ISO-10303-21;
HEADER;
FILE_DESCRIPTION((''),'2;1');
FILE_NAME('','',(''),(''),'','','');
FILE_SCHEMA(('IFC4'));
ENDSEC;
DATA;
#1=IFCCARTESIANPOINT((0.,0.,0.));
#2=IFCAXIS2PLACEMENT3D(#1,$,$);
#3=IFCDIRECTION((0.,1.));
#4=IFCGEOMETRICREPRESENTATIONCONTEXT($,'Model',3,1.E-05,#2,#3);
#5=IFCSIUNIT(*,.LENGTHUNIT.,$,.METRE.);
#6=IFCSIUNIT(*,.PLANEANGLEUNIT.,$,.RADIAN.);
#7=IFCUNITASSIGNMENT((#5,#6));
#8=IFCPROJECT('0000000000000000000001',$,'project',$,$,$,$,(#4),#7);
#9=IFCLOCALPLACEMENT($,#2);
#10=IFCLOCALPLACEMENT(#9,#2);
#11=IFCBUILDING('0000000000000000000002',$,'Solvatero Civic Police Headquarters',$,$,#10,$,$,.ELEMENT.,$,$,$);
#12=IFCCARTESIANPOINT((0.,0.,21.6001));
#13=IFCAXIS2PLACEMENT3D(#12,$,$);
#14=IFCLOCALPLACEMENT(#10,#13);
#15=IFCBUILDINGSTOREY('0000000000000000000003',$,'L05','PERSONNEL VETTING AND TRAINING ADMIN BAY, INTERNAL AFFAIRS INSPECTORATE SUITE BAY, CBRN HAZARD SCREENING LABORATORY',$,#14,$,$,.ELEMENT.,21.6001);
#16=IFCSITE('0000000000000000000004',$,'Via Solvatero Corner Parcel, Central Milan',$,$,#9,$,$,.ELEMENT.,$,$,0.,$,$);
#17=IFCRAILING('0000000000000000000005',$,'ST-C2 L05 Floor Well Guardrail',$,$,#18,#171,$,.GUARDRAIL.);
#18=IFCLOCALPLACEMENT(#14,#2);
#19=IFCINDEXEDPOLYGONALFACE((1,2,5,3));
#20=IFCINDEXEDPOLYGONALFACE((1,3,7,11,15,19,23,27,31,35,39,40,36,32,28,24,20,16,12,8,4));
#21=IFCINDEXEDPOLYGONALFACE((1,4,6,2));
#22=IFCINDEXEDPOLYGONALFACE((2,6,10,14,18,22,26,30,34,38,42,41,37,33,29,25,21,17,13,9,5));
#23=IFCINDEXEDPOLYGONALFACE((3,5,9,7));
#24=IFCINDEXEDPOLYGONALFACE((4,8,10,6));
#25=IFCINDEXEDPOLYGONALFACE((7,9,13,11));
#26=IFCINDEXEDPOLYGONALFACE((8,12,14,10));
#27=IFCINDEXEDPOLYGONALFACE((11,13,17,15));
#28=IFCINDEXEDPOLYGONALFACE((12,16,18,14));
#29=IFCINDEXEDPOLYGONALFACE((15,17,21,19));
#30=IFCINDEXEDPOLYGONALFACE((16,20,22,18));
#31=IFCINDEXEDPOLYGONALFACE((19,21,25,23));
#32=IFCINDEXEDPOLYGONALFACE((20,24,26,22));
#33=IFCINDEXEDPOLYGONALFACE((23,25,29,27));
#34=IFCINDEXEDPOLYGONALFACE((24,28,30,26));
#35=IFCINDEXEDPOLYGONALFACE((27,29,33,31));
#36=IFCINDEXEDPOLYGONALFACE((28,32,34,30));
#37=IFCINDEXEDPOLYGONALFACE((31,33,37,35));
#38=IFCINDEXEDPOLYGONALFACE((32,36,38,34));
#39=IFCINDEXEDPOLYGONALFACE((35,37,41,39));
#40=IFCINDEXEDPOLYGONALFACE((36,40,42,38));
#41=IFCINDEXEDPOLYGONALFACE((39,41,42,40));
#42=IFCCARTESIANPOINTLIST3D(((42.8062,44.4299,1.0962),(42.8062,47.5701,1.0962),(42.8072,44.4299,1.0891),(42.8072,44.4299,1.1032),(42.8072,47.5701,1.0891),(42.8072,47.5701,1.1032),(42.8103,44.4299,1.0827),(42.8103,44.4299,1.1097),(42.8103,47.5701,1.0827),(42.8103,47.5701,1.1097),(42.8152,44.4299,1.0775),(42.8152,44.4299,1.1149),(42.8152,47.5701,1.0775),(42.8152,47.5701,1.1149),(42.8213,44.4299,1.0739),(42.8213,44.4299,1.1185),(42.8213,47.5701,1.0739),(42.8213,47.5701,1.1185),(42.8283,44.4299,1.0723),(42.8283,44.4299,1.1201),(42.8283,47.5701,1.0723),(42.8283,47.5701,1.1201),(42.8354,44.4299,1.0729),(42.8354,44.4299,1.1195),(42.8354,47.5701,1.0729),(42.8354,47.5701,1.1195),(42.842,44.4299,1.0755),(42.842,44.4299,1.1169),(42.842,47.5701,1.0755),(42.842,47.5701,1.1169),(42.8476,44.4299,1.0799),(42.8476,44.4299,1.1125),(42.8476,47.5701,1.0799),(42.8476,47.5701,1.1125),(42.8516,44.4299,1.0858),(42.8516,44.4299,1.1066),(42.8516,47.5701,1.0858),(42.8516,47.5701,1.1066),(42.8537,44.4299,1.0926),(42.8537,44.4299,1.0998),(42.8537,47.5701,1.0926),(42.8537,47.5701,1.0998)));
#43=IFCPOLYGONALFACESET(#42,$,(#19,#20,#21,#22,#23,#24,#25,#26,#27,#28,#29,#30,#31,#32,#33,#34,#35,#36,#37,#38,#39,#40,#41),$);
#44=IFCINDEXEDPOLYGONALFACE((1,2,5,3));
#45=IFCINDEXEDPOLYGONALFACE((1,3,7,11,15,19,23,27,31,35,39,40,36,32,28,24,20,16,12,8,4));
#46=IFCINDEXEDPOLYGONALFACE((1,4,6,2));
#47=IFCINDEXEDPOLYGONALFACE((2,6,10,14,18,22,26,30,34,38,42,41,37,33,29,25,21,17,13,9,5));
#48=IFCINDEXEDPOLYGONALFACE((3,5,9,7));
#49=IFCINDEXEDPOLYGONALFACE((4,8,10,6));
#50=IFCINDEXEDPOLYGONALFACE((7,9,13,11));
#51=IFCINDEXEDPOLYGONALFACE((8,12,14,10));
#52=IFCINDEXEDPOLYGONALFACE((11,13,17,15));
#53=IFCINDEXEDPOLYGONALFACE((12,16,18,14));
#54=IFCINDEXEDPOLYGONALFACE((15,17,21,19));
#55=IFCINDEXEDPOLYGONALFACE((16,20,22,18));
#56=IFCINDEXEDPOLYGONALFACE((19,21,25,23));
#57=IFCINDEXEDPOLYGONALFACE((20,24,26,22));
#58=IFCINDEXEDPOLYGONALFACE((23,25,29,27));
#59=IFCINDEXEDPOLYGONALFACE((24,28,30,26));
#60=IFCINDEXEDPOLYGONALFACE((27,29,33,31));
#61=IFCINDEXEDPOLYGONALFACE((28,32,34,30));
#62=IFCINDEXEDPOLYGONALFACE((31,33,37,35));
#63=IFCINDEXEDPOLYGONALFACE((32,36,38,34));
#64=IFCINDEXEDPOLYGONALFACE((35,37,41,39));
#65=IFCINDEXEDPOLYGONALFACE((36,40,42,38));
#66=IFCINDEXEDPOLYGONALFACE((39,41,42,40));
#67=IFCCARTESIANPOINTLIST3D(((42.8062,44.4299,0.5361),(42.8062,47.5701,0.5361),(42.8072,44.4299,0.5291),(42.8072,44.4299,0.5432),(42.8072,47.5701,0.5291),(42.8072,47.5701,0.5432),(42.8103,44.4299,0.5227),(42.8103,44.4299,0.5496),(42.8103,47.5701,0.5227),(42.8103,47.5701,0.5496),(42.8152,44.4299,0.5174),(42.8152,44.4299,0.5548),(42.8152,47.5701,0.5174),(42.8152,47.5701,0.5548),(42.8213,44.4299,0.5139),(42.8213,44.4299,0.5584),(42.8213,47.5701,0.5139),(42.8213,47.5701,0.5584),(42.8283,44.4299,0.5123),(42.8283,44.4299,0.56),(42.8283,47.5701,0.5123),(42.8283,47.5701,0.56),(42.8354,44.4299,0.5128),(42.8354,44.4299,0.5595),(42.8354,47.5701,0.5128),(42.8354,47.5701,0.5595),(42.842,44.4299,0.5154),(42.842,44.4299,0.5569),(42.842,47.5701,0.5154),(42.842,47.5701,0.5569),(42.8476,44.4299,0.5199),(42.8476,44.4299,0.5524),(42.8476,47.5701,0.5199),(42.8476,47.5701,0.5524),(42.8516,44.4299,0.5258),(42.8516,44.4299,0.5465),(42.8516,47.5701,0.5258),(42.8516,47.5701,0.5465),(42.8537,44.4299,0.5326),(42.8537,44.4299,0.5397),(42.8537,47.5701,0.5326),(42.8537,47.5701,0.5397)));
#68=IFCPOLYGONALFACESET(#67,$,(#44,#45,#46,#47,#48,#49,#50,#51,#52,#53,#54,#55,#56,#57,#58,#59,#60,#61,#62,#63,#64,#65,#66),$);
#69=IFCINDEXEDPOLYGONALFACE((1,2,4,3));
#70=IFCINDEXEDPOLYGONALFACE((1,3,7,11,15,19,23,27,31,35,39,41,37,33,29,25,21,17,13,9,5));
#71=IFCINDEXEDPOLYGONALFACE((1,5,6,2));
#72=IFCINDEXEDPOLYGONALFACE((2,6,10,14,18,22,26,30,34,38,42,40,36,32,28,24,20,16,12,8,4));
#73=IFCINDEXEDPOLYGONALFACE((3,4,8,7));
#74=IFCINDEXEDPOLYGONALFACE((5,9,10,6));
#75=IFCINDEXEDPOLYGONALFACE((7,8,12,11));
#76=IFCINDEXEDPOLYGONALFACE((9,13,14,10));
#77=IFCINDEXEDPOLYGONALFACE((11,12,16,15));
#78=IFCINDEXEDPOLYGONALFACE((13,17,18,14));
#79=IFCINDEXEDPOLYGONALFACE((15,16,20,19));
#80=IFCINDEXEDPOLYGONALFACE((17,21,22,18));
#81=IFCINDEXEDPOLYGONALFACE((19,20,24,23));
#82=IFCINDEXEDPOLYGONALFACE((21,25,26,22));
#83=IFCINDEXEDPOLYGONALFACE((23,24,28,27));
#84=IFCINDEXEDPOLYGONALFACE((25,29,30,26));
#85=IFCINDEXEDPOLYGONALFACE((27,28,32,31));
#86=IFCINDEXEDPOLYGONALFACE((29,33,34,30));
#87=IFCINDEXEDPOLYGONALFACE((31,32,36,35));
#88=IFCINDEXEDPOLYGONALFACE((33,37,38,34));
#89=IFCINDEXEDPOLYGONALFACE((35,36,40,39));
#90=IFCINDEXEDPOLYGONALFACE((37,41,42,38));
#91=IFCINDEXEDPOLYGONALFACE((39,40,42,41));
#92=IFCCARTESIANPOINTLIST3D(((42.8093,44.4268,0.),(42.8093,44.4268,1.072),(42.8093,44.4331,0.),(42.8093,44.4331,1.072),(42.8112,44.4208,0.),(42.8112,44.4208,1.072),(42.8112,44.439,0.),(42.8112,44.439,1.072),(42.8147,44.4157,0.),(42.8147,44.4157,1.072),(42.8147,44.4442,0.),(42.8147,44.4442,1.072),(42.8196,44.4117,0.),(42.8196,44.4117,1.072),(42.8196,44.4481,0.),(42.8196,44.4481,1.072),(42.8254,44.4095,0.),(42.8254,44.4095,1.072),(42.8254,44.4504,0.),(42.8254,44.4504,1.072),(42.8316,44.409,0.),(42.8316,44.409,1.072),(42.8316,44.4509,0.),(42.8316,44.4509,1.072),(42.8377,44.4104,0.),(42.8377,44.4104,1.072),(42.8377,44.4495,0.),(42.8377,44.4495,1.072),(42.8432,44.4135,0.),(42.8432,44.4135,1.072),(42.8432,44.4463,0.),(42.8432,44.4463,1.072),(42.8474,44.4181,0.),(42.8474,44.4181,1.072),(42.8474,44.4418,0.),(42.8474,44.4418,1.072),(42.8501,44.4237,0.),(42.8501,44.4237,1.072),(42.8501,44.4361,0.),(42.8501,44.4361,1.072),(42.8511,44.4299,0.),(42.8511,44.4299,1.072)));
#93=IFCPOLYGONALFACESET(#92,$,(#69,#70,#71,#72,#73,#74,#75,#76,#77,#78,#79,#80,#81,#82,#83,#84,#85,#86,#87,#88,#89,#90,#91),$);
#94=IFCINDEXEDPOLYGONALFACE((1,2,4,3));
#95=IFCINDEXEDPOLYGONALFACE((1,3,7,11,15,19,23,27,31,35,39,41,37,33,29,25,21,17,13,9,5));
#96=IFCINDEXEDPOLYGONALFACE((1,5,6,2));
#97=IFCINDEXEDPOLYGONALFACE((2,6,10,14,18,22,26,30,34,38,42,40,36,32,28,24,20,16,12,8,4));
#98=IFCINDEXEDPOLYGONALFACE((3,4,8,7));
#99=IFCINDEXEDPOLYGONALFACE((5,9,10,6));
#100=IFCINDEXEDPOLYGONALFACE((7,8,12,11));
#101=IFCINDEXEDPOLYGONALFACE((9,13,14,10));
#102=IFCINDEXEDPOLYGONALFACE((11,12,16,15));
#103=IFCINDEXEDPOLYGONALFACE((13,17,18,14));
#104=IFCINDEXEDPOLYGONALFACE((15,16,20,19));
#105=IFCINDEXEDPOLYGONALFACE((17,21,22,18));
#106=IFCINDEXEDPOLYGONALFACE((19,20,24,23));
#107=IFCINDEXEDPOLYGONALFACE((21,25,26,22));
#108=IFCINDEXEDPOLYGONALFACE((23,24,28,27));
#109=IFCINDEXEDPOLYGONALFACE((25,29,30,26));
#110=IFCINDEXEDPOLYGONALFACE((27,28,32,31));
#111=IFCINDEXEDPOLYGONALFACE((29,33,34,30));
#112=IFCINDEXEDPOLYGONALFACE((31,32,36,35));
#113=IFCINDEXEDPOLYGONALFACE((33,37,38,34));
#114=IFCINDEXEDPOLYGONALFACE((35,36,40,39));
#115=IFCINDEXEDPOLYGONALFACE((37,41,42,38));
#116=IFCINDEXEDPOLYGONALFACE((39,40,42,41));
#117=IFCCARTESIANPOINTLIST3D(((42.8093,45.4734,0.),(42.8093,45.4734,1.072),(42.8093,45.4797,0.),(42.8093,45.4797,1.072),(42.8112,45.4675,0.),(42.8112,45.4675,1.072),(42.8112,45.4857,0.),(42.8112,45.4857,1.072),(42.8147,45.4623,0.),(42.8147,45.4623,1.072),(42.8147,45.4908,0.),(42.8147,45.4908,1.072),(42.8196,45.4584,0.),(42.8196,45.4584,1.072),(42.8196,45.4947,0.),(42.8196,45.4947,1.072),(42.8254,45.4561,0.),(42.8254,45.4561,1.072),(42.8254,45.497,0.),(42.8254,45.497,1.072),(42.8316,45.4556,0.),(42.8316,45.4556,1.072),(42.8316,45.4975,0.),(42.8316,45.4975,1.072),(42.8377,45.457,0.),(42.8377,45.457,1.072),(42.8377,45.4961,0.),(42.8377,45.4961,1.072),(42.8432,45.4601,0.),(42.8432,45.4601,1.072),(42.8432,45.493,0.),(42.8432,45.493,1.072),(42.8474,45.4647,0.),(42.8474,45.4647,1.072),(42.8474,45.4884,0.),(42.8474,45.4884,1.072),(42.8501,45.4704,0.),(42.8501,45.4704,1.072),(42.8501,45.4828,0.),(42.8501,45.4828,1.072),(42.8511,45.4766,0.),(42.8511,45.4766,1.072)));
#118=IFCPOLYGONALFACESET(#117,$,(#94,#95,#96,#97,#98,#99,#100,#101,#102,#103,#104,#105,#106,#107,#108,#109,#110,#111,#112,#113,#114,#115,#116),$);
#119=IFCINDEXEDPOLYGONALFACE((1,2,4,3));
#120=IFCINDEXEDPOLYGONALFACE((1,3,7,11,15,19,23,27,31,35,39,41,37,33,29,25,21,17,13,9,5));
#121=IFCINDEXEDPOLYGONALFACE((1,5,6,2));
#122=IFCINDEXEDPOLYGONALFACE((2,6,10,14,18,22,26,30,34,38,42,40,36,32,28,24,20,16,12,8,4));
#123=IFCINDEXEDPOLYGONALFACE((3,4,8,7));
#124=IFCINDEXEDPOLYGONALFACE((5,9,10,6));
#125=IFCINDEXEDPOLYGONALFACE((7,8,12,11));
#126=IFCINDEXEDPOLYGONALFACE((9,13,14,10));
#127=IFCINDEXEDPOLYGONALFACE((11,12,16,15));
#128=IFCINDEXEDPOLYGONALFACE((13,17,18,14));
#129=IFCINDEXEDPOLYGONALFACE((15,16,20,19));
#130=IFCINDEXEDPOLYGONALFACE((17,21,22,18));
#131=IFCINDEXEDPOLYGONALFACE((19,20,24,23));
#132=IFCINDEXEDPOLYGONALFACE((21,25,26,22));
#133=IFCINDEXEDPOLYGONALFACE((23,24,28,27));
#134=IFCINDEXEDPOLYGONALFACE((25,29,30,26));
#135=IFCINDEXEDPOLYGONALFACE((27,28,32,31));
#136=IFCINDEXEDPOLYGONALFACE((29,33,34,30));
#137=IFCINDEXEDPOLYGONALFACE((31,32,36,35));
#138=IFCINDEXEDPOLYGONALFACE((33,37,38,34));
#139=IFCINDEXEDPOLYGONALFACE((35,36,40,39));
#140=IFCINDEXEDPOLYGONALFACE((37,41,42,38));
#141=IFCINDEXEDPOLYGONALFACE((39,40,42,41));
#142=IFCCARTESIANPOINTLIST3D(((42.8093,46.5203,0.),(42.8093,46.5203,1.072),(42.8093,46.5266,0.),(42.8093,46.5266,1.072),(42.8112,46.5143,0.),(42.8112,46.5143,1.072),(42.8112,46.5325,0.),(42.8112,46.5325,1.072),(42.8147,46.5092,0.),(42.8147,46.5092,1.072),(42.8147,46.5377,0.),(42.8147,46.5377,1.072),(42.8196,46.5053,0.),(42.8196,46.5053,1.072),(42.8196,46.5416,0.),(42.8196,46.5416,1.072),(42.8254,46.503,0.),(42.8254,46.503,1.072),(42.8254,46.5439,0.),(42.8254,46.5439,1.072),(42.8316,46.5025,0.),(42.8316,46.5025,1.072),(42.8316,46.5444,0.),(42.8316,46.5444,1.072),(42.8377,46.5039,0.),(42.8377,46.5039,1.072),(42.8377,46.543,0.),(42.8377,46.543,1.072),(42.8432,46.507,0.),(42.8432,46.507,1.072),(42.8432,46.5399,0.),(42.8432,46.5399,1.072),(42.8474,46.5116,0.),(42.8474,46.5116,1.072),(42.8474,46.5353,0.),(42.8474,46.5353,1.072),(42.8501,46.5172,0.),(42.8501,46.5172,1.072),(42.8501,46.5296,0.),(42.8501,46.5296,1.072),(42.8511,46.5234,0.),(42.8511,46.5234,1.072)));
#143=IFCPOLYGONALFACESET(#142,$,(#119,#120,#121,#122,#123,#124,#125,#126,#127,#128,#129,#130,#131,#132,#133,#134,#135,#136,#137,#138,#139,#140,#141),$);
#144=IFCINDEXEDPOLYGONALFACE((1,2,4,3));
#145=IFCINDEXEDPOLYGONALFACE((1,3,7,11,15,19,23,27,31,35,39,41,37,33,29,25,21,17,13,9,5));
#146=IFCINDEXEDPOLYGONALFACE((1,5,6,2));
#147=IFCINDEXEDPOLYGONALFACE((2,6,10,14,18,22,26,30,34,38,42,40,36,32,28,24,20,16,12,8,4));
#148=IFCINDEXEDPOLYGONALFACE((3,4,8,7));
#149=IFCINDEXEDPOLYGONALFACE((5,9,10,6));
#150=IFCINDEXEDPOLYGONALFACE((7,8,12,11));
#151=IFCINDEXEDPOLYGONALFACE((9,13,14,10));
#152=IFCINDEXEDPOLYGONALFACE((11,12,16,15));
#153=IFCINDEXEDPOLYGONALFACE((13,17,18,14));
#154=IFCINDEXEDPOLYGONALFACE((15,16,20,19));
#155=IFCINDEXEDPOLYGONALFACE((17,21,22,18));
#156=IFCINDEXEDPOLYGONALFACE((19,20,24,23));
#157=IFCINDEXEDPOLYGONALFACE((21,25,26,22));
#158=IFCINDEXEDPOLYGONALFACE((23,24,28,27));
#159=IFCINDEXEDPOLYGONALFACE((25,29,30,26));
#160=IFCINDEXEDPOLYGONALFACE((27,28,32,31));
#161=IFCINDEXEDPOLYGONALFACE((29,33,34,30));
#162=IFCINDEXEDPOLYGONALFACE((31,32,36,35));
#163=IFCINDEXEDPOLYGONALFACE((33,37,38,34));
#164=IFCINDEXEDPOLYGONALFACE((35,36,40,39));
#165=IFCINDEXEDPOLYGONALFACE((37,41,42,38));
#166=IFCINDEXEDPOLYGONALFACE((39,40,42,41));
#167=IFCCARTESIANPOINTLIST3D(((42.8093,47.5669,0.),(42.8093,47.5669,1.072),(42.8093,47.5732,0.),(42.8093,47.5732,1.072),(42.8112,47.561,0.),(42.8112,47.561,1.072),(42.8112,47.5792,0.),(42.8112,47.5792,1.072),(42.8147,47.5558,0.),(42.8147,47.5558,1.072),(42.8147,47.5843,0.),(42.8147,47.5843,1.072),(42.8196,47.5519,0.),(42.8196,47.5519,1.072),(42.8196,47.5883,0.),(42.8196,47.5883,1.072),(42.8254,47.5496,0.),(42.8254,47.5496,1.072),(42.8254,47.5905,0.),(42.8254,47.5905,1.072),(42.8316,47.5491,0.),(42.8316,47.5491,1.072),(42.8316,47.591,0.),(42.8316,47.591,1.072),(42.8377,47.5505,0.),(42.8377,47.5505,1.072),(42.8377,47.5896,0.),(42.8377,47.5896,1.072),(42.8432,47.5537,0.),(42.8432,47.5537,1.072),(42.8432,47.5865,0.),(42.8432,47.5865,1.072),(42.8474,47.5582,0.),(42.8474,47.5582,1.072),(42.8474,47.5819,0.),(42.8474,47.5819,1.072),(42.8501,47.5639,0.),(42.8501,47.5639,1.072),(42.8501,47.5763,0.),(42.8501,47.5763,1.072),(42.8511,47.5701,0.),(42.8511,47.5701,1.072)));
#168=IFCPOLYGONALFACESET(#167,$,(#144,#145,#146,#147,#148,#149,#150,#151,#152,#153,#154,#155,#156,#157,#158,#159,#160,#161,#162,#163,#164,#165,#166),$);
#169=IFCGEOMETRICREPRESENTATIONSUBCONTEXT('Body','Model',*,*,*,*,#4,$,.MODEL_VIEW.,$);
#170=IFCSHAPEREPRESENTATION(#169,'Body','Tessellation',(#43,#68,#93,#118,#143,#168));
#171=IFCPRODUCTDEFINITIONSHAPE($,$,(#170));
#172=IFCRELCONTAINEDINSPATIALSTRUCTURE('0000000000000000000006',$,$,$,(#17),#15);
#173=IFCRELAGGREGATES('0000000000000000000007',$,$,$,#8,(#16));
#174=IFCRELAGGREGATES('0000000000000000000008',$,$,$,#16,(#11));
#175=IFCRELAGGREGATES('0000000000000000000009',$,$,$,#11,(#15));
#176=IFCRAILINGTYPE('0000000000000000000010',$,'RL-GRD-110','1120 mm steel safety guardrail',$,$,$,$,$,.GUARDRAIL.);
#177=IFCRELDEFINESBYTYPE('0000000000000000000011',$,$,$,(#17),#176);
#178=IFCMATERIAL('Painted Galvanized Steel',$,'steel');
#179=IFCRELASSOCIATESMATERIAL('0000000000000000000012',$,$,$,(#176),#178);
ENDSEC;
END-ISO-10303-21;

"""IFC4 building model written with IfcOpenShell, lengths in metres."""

from ifc_helpers import new_model, si_unit, direction, frame, origin, origin_2d, place, context, subcontext, project, spatial, circle, extrude, material, type_object, element, save


model = new_model("IFC4")

# Units and contexts
model_context = context("Model", 3, precision=1e-05, world=origin(), true_north=direction((0.0, 1.0)))
body_context = subcontext(model_context, "Body", "Model", "MODEL_VIEW")
ifc_project = project(units=[si_unit("LENGTHUNIT", "METRE"), si_unit("PLANEANGLEUNIT", "RADIAN")], contexts=[model_context])

# Site, building, storey
site_placement = place(None, origin())
site = spatial("IfcSite", under=ifc_project, at=site_placement, Name="Via Solvatero Corner Parcel, Central Milan", CompositionType="ELEMENT", RefElevation=0.0)
building_placement = place(site_placement, origin())
building = spatial("IfcBuilding", under=site, at=building_placement, Name="Solvatero Civic Police Headquarters", CompositionType="ELEMENT")
storey_placement = place(building_placement, frame((0.0, 0.0, 21.6001)))
storey = spatial("IfcBuildingStorey", under=building, at=storey_placement, Name="L05", Description="PERSONNEL VETTING AND TRAINING ADMIN BAY, INTERNAL AFFAIRS INSPECTORATE SUITE BAY, CBRN HAZARD SCREENING LABORATORY", CompositionType="ELEMENT", Elevation=21.6001)

# Railing
ifc_material_1 = material(Name="Painted Galvanized Steel", Category="steel")
railing_type_1 = type_object("IfcRailingType", Name="RL-GRD-110", Description="1120 mm steel safety guardrail", PredefinedType="GUARDRAIL", material=ifc_material_1)
railing_1_placement = place(storey_placement, frame((42.8301, 44.4299, 0.0)))
element("IfcRailing", 1, at=railing_1_placement, inside=storey, type_object=railing_type_1, Name="ST-C2 L05 Floor Well Guardrail", PredefinedType="GUARDRAIL", context=body_context, shape_type="SweptSolid", body=[
    extrude(circle(Radius=0.0239, at=origin_2d()), frame((0.0, 0.0, 1.0962), z_axis=(0.0, 1.0, 0.0), x_axis=(-1.0, 0.0, 0.0)), (0.0, 0.0, 1.0), 3.1401),
    extrude(circle(Radius=0.0239, at=origin_2d()), frame((0.0, 0.0, 0.5361), z_axis=(0.0, 1.0, 0.0), x_axis=(-1.0, 0.0, 0.0)), (0.0, 0.0, 1.0), 3.1401),
    extrude(circle(Radius=0.021, at=origin_2d()), origin(), (0.0, 0.0, 1.0), 1.072),
    extrude(circle(Radius=0.021, at=origin_2d()), frame((0.0, 1.0466, 0.0)), (0.0, 0.0, 1.0), 1.072),
    extrude(circle(Radius=0.021, at=origin_2d()), frame((0.0, 2.0935, 0.0)), (0.0, 0.0, 1.0), 1.072),
    extrude(circle(Radius=0.021, at=origin_2d()), frame((0.0, 3.1401, 0.0)), (0.0, 0.0, 1.0), 1.072),
])

save(model, "model.ifc")
